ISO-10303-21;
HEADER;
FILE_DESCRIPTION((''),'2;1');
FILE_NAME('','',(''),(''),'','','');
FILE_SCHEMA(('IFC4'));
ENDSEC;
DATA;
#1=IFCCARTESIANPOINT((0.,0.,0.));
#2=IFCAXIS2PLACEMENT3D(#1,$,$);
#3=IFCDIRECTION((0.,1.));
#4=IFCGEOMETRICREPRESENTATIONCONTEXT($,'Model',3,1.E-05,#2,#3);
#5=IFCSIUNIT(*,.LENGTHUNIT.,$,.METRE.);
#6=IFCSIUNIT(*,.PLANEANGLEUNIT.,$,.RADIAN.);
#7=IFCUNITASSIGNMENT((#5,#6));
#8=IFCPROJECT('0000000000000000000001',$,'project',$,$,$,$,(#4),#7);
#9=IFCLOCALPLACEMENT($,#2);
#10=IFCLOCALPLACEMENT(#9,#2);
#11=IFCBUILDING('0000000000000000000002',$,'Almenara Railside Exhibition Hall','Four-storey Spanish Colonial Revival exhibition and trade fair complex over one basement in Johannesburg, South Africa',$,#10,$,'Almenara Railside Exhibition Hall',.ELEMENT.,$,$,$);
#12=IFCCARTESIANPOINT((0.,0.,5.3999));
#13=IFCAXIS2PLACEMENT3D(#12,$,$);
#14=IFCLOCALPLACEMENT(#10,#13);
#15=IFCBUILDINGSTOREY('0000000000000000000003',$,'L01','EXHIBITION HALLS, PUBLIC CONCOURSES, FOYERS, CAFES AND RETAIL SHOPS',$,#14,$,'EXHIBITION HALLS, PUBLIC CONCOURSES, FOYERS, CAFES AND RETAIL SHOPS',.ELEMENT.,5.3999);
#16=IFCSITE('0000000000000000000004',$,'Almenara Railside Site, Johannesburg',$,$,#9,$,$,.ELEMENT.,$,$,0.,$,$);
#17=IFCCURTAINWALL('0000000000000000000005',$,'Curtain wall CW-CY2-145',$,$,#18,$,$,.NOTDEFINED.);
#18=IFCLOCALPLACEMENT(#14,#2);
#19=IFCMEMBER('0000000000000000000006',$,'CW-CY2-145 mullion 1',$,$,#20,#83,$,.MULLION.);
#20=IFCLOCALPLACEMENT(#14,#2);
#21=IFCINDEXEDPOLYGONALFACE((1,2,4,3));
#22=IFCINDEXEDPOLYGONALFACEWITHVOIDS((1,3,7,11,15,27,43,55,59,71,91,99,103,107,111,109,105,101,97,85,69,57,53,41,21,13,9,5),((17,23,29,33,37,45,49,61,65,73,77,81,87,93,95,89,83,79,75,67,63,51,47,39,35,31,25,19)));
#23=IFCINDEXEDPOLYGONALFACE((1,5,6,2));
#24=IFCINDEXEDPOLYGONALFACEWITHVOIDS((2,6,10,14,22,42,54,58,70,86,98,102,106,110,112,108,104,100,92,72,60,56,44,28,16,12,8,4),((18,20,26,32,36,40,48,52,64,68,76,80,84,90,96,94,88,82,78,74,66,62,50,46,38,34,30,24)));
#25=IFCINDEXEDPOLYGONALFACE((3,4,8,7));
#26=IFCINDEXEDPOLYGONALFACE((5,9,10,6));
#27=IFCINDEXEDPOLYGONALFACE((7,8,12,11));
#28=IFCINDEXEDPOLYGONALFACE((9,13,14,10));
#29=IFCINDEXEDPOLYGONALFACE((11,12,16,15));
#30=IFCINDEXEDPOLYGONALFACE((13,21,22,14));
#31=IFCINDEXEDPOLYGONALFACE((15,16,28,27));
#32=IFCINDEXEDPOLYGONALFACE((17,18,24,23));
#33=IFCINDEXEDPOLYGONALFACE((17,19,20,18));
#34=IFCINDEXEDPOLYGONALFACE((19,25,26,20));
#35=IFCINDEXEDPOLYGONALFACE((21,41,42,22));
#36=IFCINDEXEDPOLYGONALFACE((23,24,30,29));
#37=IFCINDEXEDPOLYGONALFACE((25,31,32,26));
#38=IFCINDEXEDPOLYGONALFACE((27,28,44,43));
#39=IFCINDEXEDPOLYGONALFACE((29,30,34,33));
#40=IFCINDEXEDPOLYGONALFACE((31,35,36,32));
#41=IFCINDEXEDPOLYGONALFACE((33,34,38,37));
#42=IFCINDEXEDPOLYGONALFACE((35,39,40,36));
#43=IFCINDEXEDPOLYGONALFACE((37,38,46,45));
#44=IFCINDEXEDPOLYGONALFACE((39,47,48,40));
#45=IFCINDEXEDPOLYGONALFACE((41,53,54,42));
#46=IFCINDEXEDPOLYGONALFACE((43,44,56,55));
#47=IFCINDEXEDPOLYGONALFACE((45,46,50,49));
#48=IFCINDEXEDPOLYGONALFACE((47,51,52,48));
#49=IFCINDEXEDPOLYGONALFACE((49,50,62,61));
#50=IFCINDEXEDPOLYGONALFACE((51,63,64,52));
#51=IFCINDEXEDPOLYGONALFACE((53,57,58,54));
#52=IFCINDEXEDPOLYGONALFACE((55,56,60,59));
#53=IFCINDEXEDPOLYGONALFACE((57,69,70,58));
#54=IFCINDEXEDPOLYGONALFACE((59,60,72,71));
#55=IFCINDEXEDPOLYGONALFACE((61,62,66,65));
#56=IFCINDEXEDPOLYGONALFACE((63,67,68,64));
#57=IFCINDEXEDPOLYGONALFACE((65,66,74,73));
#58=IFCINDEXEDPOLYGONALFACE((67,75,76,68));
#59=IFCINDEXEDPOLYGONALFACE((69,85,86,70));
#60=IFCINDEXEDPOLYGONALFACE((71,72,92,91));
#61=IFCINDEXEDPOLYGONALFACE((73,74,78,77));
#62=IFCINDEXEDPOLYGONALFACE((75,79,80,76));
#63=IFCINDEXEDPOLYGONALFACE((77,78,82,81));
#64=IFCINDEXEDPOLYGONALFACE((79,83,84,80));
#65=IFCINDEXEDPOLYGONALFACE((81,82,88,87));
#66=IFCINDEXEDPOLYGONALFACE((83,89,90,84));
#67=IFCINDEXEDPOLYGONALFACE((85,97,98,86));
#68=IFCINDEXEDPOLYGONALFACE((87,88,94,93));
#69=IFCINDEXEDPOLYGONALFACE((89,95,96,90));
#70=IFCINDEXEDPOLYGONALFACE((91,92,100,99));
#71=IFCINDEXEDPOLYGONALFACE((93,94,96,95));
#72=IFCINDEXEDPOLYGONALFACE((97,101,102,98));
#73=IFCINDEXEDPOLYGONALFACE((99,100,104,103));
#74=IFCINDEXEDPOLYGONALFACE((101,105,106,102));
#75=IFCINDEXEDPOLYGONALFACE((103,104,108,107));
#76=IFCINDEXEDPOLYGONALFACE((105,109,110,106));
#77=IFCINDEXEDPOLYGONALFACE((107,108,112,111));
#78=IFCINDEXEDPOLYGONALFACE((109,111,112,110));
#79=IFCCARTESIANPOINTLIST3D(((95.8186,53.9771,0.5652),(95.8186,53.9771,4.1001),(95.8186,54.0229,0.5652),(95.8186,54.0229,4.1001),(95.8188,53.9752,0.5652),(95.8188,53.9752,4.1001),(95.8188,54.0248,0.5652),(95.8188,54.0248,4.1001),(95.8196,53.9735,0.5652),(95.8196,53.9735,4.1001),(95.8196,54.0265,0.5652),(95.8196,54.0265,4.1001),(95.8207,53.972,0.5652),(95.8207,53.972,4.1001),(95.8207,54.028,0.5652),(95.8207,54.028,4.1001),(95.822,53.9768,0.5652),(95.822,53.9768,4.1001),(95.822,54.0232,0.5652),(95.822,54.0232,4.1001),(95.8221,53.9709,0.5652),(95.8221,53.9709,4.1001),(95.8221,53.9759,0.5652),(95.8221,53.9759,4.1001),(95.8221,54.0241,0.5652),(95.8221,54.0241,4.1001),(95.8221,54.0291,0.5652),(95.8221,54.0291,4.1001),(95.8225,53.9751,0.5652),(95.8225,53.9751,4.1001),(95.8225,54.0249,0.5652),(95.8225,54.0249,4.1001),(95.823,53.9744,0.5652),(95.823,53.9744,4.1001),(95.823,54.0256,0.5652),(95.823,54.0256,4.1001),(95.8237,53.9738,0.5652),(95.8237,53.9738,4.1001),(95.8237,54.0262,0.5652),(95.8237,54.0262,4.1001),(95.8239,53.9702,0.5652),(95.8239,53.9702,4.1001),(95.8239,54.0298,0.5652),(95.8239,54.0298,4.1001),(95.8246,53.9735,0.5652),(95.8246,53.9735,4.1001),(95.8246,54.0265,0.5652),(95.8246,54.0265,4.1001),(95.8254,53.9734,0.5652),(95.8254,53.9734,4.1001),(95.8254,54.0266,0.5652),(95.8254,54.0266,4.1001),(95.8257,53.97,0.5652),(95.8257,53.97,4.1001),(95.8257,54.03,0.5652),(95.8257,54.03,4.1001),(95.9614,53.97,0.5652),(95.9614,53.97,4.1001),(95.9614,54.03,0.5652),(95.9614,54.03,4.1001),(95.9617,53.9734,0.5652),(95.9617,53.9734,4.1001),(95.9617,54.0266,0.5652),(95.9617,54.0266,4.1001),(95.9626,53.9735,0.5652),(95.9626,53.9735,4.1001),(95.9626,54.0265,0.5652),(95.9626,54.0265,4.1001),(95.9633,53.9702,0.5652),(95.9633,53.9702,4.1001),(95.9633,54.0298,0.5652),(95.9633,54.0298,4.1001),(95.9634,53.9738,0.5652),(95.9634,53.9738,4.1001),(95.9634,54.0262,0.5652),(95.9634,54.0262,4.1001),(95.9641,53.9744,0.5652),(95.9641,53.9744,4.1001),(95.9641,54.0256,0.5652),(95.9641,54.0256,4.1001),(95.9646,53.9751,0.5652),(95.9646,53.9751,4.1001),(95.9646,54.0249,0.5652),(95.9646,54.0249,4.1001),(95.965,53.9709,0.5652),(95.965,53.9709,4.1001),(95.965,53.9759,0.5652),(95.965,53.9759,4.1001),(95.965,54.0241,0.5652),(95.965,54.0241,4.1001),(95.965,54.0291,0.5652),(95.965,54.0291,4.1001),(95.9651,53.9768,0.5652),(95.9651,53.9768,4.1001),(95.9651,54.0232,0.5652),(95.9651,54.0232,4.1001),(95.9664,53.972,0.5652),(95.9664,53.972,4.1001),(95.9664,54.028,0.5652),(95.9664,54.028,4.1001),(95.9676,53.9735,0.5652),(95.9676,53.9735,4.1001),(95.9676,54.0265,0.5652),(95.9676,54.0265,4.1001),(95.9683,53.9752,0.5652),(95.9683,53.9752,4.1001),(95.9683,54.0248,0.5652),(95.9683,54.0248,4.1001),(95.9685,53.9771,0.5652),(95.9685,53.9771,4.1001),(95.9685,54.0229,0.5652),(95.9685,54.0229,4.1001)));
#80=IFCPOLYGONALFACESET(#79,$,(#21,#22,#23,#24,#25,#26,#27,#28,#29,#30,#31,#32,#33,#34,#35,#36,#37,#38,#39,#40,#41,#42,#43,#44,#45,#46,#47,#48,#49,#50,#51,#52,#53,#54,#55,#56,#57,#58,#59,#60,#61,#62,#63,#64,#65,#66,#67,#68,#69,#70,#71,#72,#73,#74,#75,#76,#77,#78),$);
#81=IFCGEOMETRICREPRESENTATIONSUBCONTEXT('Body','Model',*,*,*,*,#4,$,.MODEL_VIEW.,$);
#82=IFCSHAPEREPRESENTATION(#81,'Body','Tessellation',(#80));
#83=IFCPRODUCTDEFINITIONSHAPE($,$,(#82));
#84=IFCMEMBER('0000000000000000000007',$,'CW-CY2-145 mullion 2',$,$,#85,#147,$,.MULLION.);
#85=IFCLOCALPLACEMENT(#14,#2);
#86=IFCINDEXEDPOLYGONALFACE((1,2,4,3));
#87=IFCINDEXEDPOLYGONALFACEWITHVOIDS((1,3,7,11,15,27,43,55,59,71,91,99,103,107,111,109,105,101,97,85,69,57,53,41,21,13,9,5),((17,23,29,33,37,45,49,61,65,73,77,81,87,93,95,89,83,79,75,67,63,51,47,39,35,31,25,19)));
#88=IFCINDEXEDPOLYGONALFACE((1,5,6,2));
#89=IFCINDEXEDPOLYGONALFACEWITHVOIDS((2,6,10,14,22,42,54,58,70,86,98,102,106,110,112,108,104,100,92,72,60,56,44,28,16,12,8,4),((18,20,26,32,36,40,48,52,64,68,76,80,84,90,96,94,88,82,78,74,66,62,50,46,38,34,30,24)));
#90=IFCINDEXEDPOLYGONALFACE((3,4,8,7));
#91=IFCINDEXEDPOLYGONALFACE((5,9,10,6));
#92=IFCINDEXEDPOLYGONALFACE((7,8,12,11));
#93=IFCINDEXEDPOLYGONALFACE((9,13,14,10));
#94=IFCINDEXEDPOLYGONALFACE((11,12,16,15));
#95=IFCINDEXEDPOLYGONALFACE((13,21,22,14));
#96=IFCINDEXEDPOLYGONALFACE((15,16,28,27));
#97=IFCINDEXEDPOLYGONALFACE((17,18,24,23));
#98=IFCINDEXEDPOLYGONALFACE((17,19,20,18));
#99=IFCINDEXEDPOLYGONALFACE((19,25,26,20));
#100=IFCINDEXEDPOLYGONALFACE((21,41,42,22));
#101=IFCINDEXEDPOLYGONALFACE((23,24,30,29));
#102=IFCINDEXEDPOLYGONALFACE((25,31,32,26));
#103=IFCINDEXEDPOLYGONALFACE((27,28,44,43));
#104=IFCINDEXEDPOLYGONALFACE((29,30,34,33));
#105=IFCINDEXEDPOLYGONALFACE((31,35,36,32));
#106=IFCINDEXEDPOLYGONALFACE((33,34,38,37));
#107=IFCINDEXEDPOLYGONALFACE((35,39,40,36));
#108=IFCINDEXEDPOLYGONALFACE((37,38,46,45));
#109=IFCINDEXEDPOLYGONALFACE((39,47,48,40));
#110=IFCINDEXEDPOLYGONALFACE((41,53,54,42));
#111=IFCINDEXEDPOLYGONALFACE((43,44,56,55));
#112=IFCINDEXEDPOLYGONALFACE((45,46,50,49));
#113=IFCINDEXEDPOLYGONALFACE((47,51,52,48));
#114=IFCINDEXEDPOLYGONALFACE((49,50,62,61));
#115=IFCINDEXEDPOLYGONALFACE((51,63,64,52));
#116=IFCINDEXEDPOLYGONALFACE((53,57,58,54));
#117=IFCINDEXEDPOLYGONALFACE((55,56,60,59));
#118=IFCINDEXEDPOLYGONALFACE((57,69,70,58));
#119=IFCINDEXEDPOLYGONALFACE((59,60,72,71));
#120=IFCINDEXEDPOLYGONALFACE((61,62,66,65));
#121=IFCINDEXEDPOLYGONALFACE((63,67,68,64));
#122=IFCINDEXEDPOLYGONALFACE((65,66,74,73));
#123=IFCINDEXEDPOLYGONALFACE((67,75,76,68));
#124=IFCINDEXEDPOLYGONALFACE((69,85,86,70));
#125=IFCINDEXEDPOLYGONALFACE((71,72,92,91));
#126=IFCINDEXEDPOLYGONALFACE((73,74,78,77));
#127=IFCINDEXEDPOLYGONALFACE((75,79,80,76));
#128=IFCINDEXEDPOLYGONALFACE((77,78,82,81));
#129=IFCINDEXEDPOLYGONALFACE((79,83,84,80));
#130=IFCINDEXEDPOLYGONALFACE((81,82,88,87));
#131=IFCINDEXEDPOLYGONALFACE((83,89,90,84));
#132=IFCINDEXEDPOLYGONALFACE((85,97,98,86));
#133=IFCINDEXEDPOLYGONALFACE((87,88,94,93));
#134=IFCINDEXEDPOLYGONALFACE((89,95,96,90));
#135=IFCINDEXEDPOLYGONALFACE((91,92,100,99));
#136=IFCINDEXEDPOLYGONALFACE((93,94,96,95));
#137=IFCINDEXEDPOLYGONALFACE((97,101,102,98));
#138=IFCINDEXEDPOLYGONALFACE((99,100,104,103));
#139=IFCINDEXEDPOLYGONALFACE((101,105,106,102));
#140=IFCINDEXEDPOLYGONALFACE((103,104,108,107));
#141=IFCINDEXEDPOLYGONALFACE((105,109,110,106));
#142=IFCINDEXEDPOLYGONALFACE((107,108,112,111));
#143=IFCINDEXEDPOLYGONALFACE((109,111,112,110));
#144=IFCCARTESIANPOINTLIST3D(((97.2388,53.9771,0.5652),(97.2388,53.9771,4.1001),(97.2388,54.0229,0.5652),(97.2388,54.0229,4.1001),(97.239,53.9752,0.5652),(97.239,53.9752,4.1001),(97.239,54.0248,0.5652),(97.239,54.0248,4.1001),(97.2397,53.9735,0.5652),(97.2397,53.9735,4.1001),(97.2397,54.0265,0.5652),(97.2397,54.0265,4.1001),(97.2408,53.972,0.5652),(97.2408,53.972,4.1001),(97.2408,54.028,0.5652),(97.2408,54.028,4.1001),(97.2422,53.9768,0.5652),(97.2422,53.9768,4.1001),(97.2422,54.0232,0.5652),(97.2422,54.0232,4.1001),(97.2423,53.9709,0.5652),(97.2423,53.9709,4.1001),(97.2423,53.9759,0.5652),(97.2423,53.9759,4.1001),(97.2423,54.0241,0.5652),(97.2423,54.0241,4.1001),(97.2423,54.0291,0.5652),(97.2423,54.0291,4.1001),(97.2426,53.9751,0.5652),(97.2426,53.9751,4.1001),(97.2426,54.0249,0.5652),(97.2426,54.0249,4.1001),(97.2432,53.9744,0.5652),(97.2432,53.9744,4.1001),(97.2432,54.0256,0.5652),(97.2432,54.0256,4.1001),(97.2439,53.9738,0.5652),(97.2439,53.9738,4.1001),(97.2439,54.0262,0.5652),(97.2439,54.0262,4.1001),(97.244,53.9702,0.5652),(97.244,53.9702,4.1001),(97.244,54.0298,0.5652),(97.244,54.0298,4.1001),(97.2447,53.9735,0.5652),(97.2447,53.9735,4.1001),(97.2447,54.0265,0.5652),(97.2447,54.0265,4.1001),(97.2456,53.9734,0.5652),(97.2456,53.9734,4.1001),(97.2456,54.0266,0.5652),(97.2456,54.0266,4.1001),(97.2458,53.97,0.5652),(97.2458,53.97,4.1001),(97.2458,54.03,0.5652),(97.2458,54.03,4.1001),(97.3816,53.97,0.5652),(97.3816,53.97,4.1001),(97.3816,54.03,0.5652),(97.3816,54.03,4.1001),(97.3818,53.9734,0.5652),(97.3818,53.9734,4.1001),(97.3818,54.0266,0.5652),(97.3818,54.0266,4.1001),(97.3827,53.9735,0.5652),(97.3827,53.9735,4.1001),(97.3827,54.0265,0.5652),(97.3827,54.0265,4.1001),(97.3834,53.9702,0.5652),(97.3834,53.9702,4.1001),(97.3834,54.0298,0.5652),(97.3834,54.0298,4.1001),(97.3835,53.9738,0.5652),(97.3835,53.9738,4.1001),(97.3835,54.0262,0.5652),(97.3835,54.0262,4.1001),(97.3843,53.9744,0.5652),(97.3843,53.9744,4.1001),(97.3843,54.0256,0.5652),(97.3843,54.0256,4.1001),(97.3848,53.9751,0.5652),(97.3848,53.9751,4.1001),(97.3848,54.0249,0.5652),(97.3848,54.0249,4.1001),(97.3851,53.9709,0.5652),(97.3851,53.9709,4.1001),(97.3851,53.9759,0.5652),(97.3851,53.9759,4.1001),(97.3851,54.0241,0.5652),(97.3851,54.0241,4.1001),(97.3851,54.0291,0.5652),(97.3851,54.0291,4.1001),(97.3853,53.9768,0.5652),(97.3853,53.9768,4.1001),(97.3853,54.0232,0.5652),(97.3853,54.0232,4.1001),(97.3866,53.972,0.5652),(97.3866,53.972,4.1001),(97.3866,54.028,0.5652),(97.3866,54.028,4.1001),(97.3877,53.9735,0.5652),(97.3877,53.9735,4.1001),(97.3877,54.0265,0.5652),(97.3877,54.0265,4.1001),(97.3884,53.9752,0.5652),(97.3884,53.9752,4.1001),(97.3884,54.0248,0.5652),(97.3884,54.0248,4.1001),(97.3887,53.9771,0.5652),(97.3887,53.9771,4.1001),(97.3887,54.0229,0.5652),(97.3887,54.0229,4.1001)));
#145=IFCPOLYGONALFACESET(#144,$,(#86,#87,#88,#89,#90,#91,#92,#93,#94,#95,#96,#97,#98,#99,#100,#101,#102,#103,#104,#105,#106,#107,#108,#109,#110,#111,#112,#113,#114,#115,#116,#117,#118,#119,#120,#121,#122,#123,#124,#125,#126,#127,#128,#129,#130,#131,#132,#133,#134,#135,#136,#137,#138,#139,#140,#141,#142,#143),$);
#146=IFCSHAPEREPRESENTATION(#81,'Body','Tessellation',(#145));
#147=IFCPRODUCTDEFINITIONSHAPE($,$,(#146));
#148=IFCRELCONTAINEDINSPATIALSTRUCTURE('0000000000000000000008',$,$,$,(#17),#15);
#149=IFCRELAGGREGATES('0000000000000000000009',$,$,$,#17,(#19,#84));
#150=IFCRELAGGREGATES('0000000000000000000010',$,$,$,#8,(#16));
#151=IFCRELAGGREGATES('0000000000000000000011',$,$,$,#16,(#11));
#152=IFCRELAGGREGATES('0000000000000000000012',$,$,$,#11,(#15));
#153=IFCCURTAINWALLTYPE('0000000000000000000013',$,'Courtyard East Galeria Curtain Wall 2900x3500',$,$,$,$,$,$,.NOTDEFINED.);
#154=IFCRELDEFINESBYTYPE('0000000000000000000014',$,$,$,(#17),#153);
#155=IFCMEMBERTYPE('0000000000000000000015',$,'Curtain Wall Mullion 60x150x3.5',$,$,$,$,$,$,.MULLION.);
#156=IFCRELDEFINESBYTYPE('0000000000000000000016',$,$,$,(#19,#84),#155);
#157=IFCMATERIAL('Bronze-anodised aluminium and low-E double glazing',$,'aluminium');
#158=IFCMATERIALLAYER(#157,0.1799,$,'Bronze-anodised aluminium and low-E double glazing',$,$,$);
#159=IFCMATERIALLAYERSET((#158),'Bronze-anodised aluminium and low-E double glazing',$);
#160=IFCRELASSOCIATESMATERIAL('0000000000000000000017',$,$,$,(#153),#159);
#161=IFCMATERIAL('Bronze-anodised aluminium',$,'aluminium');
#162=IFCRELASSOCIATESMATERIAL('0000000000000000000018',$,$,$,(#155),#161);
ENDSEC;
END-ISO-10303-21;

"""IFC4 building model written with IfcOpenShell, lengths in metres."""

from ifc_helpers import new_model, si_unit, direction, frame, origin, origin_2d, place, context, subcontext, project, spatial, hollow_rectangle, extrude, material, layer, layer_set, material_profile, profile_set, type_object, element, aggregate, save


model = new_model("IFC4")

# Units and contexts
model_context = context("Model", 3, precision=1e-05, world=origin(), true_north=direction((0.0, 1.0)))
body_context = subcontext(model_context, "Body", "Model", "MODEL_VIEW")
ifc_project = project(units=[si_unit("LENGTHUNIT", "METRE"), si_unit("PLANEANGLEUNIT", "RADIAN")], contexts=[model_context])

# Site, building, storey
site_placement = place(None, origin())
site = spatial("IfcSite", under=ifc_project, at=site_placement, Name="Almenara Railside Site, Johannesburg", CompositionType="ELEMENT", RefElevation=0.0)
building_placement = place(site_placement, origin())
building = spatial("IfcBuilding", under=site, at=building_placement, Name="Almenara Railside Exhibition Hall", Description="Four-storey Spanish Colonial Revival exhibition and trade fair complex over one basement in Johannesburg, South Africa", LongName="Almenara Railside Exhibition Hall", CompositionType="ELEMENT")
storey_placement = place(building_placement, frame((0.0, 0.0, 5.3999)))
storey = spatial("IfcBuildingStorey", under=building, at=storey_placement, Name="L01", Description="EXHIBITION HALLS, PUBLIC CONCOURSES, FOYERS, CAFES AND RETAIL SHOPS", LongName="EXHIBITION HALLS, PUBLIC CONCOURSES, FOYERS, CAFES AND RETAIL SHOPS", CompositionType="ELEMENT", Elevation=5.3999)

# Curtain wall, members
ifc_material_1 = material(Name="Bronze-anodised aluminium and low-E double glazing", Category="aluminium")
ifc_layer_1 = layer(ifc_material_1, 0.1799, Name="Bronze-anodised aluminium and low-E double glazing")
ifc_layer_set_1 = layer_set([ifc_layer_1], Name="Bronze-anodised aluminium and low-E double glazing")
curtain_wall_type = type_object("IfcCurtainWallType", Name="Courtyard East Galeria Curtain Wall 2900x3500", PredefinedType="NOTDEFINED", material=ifc_layer_set_1)
curtain_wall_1_placement = place(storey_placement, origin())
curtain_wall_1 = element("IfcCurtainWall", 1, at=curtain_wall_1_placement, inside=storey, type_object=curtain_wall_type, Name="Curtain wall CW-CY2-145", PredefinedType="NOTDEFINED")
ifc_material_2 = material(Name="Bronze-anodised aluminium", Category="aluminium")
ifc_material_profile_1 = material_profile(ifc_material_2, hollow_rectangle(XDim=0.0601, YDim=0.1499, WallThickness=0.0034, InnerFilletRadius=0.0034, OuterFilletRadius=0.0071, at=origin_2d()), Name="ALU-MUL 60x150x3.5")
ifc_profile_set_1 = profile_set([ifc_material_profile_1], Name="Bronze-anodised aluminium")
member_type_1 = type_object("IfcMemberType", Name="Curtain Wall Mullion 60x150x3.5", PredefinedType="MULLION", material=ifc_profile_set_1)
member_1_placement = place(storey_placement, frame((95.8936, 54.0, 0.5652), z_axis=(0.0, 0.0, 1.0), x_axis=(0.0, 1.0, 0.0)))
member_1 = element("IfcMember", 2, at=member_1_placement, type_object=member_type_1, Name="CW-CY2-145 mullion 1", PredefinedType="MULLION", context=body_context, shape_type="SweptSolid", body=[
    extrude(hollow_rectangle(XDim=0.0601, YDim=0.1499, WallThickness=0.0034, InnerFilletRadius=0.0034, OuterFilletRadius=0.0071, at=origin_2d()), origin(), (0.0, 0.0, 1.0), 3.5349),
])
member_2_placement = place(storey_placement, frame((97.3137, 54.0, 0.5652), z_axis=(0.0, 0.0, 1.0), x_axis=(0.0, 1.0, 0.0)))
member_2 = element("IfcMember", 3, at=member_2_placement, type_object=member_type_1, Name="CW-CY2-145 mullion 2", PredefinedType="MULLION", context=body_context, shape_type="SweptSolid", body=[
    extrude(hollow_rectangle(XDim=0.0601, YDim=0.1499, WallThickness=0.0034, InnerFilletRadius=0.0034, OuterFilletRadius=0.0071, at=origin_2d()), origin(), (0.0, 0.0, 1.0), 3.5349),
])

aggregate(curtain_wall_1, [member_1, member_2])

save(model, "model.ifc")
